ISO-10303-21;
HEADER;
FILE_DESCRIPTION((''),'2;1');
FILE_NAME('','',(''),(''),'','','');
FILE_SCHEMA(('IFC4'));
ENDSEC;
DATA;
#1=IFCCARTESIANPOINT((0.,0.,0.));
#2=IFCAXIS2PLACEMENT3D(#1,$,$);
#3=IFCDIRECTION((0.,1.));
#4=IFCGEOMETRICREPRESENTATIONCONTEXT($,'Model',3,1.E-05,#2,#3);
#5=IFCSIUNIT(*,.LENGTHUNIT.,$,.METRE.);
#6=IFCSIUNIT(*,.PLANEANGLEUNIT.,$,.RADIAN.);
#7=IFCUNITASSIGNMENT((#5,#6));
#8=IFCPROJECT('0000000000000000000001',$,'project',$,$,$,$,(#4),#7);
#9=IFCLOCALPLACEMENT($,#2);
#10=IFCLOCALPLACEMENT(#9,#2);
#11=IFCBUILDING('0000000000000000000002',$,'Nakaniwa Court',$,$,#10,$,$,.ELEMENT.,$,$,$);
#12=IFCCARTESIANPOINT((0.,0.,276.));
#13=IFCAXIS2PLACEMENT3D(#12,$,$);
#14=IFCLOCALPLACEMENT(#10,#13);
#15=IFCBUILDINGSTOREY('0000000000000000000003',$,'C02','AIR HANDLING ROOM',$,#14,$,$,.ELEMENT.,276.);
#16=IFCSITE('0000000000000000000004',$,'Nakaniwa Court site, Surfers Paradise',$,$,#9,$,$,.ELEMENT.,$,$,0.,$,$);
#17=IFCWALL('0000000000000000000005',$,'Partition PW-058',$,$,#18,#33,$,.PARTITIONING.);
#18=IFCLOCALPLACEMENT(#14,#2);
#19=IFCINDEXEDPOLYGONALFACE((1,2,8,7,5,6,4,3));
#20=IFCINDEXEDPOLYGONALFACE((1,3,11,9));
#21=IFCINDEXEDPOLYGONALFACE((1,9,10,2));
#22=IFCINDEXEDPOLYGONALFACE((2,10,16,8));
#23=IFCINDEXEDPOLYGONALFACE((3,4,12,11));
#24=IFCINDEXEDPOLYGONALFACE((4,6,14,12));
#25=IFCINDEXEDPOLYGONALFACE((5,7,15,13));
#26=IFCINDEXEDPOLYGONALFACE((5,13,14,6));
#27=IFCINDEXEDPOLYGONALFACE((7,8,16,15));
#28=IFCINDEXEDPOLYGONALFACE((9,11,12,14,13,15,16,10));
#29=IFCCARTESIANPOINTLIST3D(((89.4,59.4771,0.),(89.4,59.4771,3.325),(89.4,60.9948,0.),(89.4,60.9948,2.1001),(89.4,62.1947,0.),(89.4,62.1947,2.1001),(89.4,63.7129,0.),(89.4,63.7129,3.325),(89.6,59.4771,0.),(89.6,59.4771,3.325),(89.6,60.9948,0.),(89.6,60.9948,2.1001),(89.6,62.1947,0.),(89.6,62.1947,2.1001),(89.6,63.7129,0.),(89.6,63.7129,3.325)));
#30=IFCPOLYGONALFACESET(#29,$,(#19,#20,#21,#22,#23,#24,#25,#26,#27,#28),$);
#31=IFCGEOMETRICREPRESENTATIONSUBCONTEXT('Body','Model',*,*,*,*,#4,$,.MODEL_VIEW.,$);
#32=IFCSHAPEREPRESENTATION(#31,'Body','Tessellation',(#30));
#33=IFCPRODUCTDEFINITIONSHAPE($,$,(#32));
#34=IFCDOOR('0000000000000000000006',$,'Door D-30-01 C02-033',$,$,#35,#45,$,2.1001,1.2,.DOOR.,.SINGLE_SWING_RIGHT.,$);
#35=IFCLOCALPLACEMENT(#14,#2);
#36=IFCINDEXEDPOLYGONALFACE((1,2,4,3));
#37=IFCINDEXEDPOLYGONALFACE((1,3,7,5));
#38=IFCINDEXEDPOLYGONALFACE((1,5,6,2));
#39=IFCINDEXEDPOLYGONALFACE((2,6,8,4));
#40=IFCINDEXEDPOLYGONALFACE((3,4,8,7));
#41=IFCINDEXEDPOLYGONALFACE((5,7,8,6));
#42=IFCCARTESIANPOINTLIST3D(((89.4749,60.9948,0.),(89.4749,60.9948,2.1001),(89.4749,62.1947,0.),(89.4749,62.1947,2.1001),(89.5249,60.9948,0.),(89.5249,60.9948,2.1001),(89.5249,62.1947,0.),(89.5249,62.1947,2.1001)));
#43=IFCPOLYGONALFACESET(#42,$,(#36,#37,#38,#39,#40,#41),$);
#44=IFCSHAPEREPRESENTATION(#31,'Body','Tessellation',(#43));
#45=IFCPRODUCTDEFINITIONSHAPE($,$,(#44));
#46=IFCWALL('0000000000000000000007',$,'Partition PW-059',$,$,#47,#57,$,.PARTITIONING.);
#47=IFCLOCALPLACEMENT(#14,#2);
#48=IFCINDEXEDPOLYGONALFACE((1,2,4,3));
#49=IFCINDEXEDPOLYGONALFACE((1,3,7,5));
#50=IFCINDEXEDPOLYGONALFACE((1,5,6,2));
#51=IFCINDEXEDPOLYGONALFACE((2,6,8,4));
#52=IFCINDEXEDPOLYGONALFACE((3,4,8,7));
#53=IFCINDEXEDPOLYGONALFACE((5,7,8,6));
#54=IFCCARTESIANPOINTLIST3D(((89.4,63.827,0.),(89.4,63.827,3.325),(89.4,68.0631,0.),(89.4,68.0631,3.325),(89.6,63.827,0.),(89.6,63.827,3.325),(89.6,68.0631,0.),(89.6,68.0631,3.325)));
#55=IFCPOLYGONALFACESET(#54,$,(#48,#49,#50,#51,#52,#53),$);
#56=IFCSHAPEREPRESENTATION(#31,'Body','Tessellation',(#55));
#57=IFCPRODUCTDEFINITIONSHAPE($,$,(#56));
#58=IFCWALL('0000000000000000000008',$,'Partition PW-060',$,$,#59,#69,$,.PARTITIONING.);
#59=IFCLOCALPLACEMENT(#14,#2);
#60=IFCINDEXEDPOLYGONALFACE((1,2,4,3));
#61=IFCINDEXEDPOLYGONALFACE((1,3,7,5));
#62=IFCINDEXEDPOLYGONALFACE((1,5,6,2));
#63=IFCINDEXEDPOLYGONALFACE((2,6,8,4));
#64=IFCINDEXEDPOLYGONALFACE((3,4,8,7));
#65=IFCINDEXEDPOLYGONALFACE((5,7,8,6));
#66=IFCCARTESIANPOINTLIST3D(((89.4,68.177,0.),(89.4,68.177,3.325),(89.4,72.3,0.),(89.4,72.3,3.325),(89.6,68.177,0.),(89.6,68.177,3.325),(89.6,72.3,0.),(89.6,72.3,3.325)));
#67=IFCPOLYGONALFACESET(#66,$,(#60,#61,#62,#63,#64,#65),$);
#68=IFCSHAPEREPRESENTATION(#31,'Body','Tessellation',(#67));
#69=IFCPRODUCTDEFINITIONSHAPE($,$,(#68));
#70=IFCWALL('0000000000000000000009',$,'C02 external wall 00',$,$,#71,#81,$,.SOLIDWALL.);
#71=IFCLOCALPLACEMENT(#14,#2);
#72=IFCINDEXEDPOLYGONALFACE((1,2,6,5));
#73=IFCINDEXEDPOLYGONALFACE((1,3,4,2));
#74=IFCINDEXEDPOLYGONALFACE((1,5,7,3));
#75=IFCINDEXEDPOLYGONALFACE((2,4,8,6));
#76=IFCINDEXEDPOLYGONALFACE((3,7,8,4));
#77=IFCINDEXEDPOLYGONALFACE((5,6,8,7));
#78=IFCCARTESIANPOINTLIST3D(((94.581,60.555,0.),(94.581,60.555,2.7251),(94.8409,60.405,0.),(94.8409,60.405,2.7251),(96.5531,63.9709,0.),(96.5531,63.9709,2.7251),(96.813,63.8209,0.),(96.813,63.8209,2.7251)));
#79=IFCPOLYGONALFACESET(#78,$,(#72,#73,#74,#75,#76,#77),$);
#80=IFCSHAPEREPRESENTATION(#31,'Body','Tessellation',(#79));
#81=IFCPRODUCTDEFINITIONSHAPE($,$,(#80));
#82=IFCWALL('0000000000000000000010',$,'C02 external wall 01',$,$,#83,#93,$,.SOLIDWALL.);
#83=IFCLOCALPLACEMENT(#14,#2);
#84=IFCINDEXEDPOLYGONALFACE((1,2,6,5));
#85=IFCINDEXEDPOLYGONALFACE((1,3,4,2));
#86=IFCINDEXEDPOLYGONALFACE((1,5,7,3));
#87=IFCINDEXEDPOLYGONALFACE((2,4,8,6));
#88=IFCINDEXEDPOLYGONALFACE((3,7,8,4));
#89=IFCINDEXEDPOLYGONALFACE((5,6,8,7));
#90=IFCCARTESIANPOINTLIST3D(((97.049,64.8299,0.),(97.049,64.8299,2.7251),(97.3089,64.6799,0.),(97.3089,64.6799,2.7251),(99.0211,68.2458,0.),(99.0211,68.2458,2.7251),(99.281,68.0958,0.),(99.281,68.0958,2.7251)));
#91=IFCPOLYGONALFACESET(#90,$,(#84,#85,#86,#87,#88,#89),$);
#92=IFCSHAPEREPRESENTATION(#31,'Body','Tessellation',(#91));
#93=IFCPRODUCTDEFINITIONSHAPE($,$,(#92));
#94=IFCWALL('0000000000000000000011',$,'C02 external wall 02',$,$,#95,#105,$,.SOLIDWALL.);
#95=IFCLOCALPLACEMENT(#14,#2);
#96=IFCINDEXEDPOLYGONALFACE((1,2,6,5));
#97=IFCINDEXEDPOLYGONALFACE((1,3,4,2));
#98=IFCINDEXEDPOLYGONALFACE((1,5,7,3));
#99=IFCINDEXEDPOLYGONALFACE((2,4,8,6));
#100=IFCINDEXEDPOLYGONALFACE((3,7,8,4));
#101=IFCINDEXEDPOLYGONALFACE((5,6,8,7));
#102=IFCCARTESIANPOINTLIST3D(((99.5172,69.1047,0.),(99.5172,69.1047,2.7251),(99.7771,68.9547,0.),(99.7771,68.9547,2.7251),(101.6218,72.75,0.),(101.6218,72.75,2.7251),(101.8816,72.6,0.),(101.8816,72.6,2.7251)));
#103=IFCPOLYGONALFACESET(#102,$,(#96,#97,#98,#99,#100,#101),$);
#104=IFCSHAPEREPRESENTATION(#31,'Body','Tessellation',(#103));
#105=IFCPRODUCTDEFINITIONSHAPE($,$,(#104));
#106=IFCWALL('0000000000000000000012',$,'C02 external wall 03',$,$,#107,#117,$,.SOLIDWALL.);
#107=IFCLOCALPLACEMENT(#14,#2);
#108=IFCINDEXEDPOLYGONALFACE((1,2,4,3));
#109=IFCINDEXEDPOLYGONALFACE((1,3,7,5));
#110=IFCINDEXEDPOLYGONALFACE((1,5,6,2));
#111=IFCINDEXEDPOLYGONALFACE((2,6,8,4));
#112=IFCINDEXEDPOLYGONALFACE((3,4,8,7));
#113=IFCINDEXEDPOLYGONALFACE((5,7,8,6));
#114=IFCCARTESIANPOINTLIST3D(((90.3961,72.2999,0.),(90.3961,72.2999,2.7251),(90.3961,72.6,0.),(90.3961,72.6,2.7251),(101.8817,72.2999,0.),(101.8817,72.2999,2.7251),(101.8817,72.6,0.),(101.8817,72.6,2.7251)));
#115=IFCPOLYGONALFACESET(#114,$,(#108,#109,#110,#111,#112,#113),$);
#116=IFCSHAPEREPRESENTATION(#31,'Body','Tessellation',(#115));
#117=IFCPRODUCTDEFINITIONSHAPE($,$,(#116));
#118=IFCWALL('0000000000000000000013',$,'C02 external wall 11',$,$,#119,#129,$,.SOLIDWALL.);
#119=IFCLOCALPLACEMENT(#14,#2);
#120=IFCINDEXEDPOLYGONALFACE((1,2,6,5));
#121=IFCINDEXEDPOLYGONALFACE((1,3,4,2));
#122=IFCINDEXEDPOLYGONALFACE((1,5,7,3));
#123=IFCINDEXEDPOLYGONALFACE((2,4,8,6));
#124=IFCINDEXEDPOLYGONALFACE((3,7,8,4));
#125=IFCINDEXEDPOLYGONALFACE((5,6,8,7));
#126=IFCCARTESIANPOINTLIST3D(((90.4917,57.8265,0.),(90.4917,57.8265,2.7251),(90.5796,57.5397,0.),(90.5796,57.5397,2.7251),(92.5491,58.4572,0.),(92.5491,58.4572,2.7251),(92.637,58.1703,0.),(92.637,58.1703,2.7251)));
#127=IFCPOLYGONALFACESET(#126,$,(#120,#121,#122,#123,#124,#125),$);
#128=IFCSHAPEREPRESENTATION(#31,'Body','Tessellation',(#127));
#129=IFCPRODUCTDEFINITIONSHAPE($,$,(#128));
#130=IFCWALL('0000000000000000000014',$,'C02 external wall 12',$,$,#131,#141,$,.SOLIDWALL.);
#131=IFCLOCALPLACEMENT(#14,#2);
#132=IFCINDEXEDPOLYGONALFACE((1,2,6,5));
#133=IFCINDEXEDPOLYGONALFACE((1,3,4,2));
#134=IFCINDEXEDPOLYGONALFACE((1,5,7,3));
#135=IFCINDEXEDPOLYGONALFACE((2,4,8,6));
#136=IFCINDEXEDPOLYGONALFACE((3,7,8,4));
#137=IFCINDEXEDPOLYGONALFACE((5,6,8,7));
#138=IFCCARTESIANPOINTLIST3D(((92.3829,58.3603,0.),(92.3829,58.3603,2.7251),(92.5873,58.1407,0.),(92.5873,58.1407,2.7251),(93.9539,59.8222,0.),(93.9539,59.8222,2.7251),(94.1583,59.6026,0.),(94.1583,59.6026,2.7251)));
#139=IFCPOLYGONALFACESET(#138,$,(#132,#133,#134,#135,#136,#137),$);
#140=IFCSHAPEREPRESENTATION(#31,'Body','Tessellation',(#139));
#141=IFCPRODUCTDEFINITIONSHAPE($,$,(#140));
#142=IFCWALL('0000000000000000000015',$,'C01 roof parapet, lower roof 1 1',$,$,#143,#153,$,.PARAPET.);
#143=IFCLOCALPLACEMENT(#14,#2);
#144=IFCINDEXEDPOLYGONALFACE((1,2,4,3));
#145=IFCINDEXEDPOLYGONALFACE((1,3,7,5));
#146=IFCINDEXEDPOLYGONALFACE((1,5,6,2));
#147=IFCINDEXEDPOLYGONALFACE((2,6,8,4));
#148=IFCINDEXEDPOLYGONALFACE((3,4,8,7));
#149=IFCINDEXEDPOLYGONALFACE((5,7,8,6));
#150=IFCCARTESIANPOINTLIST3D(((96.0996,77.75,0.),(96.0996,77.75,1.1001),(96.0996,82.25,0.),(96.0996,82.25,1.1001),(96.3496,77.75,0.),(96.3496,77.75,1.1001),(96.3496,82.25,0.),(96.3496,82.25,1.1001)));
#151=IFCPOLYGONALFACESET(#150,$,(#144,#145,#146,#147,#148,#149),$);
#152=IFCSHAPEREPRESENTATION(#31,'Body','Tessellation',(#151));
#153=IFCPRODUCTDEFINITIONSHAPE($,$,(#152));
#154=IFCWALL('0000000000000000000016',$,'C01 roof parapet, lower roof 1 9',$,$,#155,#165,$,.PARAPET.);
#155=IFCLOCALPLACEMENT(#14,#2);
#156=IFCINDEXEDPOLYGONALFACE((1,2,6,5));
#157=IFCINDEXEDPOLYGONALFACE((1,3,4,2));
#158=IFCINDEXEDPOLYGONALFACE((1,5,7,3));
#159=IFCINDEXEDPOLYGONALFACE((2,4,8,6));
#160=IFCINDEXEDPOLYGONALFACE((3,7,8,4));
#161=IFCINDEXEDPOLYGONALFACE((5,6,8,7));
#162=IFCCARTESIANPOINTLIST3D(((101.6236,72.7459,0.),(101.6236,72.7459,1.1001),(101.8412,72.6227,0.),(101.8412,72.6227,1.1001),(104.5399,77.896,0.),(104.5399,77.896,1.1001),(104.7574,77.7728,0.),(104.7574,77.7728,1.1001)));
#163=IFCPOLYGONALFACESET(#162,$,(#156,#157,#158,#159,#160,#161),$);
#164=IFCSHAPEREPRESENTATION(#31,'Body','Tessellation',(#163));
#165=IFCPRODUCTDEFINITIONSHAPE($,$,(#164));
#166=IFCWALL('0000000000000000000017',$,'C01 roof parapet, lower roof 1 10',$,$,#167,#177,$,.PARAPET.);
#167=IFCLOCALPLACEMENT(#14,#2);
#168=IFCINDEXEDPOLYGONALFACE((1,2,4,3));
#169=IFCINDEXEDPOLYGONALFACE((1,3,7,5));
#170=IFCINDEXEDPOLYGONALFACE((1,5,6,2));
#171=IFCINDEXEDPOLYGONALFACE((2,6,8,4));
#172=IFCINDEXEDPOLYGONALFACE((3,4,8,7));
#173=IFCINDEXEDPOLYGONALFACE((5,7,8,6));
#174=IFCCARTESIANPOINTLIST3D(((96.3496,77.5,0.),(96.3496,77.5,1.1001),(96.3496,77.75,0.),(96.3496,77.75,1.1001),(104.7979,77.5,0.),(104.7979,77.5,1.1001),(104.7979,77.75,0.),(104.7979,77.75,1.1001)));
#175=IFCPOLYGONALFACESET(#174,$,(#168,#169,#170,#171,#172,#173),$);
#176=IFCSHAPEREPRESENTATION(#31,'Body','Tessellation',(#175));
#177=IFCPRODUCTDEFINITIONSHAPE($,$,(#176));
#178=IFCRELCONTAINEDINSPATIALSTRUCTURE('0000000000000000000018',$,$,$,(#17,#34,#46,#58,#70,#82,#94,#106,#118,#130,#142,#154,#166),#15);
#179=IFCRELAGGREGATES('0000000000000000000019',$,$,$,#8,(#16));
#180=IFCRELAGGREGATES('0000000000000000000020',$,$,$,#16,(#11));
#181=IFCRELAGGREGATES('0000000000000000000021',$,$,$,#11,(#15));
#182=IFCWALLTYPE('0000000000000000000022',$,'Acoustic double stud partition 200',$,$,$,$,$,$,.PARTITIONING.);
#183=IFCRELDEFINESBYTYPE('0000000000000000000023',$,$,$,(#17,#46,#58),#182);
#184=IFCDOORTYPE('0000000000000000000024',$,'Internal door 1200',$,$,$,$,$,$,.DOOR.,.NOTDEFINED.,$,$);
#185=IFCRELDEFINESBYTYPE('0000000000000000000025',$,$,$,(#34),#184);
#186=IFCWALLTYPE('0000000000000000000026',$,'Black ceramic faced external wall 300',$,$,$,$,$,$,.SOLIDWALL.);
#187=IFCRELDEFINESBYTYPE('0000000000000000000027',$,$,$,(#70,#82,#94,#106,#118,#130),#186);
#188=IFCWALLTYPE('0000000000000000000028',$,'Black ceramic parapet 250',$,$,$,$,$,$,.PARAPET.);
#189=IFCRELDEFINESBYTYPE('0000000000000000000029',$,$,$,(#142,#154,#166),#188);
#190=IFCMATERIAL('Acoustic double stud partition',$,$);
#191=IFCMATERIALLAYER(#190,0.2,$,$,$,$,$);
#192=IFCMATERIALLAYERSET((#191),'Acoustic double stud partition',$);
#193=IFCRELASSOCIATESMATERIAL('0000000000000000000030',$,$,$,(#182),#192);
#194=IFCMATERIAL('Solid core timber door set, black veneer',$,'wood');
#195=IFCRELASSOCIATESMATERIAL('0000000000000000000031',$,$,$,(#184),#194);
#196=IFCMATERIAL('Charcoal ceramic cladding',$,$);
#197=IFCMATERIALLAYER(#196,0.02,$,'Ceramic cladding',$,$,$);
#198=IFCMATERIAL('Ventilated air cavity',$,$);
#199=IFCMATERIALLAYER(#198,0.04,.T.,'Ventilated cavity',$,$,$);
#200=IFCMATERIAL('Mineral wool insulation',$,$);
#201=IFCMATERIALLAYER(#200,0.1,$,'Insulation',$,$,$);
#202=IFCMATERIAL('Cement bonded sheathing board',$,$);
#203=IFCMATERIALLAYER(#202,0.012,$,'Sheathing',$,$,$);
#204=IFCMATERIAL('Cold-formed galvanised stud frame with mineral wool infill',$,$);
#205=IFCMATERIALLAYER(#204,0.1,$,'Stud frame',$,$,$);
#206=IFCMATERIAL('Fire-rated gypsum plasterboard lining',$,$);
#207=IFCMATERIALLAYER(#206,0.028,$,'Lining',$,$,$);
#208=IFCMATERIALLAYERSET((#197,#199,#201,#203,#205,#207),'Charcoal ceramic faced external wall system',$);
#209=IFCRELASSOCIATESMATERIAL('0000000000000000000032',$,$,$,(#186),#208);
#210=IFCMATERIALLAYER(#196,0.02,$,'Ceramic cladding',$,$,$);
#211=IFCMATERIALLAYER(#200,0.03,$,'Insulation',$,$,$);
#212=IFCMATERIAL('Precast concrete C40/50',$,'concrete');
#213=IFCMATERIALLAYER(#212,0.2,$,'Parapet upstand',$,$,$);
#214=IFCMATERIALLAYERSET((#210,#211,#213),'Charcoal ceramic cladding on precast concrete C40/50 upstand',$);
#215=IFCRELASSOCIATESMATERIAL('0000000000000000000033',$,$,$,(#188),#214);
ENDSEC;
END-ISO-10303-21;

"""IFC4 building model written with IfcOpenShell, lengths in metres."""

from ifc_helpers import new_model, si_unit, direction, frame, frame_2d, origin, place, context, subcontext, project, spatial, rectangle, extrude, material, layer, layer_set, type_object, element, fill, save


model = new_model("IFC4")

# Units and contexts
model_context = context("Model", 3, precision=1e-05, world=origin(), true_north=direction((0.0, 1.0)))
body_context = subcontext(model_context, "Body", "Model", "MODEL_VIEW")
ifc_project = project(units=[si_unit("LENGTHUNIT", "METRE"), si_unit("PLANEANGLEUNIT", "RADIAN")], contexts=[model_context])

# Site, building, storey
site_placement = place(None, origin())
site = spatial("IfcSite", under=ifc_project, at=site_placement, Name="Nakaniwa Court site, Surfers Paradise", CompositionType="ELEMENT", RefElevation=0.0)
building_placement = place(site_placement, origin())
building = spatial("IfcBuilding", under=site, at=building_placement, Name="Nakaniwa Court", CompositionType="ELEMENT")
storey_placement = place(building_placement, frame((0.0, 0.0, 276.0)))
storey = spatial("IfcBuildingStorey", under=building, at=storey_placement, Name="C02", Description="AIR HANDLING ROOM", CompositionType="ELEMENT", Elevation=276.0)

# Shared definitions
ifc_material_1 = material(Name="Acoustic double stud partition")
ifc_layer_1 = layer(ifc_material_1, 0.2)
ifc_layer_set_1 = layer_set([ifc_layer_1], Name="Acoustic double stud partition")
wall_type_1 = type_object("IfcWallType", Name="Acoustic double stud partition 200", PredefinedType="PARTITIONING", material=ifc_layer_set_1)

# Wall, opening, door
wall_1_placement = place(storey_placement, frame((89.5, 63.7129, 0.0), z_axis=(0.0, 0.0, 1.0), x_axis=(0.0, -1.0, 0.0)))
wall_1 = element("IfcWall", 1, at=wall_1_placement, inside=storey, type_object=wall_type_1, Name="Partition PW-058", PredefinedType="PARTITIONING", context=body_context, shape_type="SweptSolid", body=[
    extrude(rectangle(XDim=4.2358, YDim=0.2, at=frame_2d((2.1179, 0.0))), origin(), (0.0, 0.0, 1.0), 3.325),
])
opening_1_placement = place(wall_1_placement, frame((1.5181, 0.0, 0.0)))
opening_1 = element("IfcOpeningElement", 2, at=opening_1_placement, cuts=wall_1, PredefinedType="OPENING", context=body_context, shape_type="SweptSolid", body=[
    extrude(rectangle(XDim=1.2, YDim=2.1001, at=frame_2d((0.6001, 1.05))), frame((0.0, 0.1099, 0.0), z_axis=(0.0, -1.0, 0.0), x_axis=(1.0, 0.0, 0.0)), (0.0, 0.0, 1.0), 0.22),
])
ifc_material_2 = material(Name="Solid core timber door set, black veneer", Category="wood")
door_type_1 = type_object("IfcDoorType", Name="Internal door 1200", OperationType="NOTDEFINED", PredefinedType="DOOR", material=ifc_material_2)
door_1_placement = place(opening_1_placement, origin())
door_1 = element("IfcDoor", 3, at=door_1_placement, inside=storey, type_object=door_type_1, Name="Door D-30-01 C02-033", OperationType="SINGLE_SWING_RIGHT", OverallHeight=2.1001, OverallWidth=1.2, PredefinedType="DOOR", context=body_context, shape_type="SweptSolid", body=[
    extrude(rectangle(XDim=1.2, YDim=2.1001, at=frame_2d((0.6001, 1.05))), frame((0.0, 0.0249, 0.0), z_axis=(0.0, -1.0, 0.0), x_axis=(1.0, 0.0, 0.0)), (0.0, 0.0, 1.0), 0.05),
])
fill(opening_1, door_1)

# Walls
wall_2_placement = place(storey_placement, frame((89.5, 63.8269, 0.0), z_axis=(0.0, 0.0, 1.0), x_axis=(0.0, 1.0, 0.0)))
element("IfcWall", 4, at=wall_2_placement, inside=storey, type_object=wall_type_1, Name="Partition PW-059", PredefinedType="PARTITIONING", context=body_context, shape_type="SweptSolid", body=[
    extrude(rectangle(XDim=4.2361, YDim=0.2, at=frame_2d((2.1182, 0.0))), origin(), (0.0, 0.0, 1.0), 3.325),
])
wall_3_placement = place(storey_placement, frame((89.5, 68.177, 0.0), z_axis=(0.0, 0.0, 1.0), x_axis=(0.0, 1.0, 0.0)))
element("IfcWall", 5, at=wall_3_placement, inside=storey, type_object=wall_type_1, Name="Partition PW-060", PredefinedType="PARTITIONING", context=body_context, shape_type="SweptSolid", body=[
    extrude(rectangle(XDim=4.123, YDim=0.2, at=frame_2d((2.0615, 0.0))), origin(), (0.0, 0.0, 1.0), 3.325),
])
ifc_material_3 = material(Name="Charcoal ceramic cladding")
ifc_layer_2 = layer(ifc_material_3, 0.02, Name="Ceramic cladding")
ifc_material_4 = material(Name="Ventilated air cavity")
ifc_layer_3 = layer(ifc_material_4, 0.04, ventilated=True, Name="Ventilated cavity")
ifc_material_5 = material(Name="Mineral wool insulation")
ifc_layer_4 = layer(ifc_material_5, 0.1, Name="Insulation")
ifc_material_6 = material(Name="Cement bonded sheathing board")
ifc_layer_5 = layer(ifc_material_6, 0.012, Name="Sheathing")
ifc_material_7 = material(Name="Cold-formed galvanised stud frame with mineral wool infill")
ifc_layer_6 = layer(ifc_material_7, 0.1, Name="Stud frame")
ifc_material_8 = material(Name="Fire-rated gypsum plasterboard lining")
ifc_layer_7 = layer(ifc_material_8, 0.028, Name="Lining")
ifc_layer_set_2 = layer_set([ifc_layer_2, ifc_layer_3, ifc_layer_4, ifc_layer_5, ifc_layer_6, ifc_layer_7], Name="Charcoal ceramic faced external wall system")
wall_type_2 = type_object("IfcWallType", Name="Black ceramic faced external wall 300", PredefinedType="SOLIDWALL", material=ifc_layer_set_2)
for number, where, z_axis, x_axis, name in (
    (6, (94.7109, 60.48, 0.0), (0.0, 0.0, 1.0), (0.499987, 0.866033, 0.0), "C02 external wall 00"),
    (7, (97.179, 64.7549, 0.0), (0.0, 0.0, 1.0), (0.499987, 0.866033, 0.0), "C02 external wall 01"),
):
    element("IfcWall", number, at=place(storey_placement, frame(where, z_axis=z_axis, x_axis=x_axis)), inside=storey, type_object=wall_type_2, Name=name, PredefinedType="SOLIDWALL", context=body_context, shape_type="SweptSolid", body=[
        extrude(rectangle(XDim=3.9443, YDim=0.3, at=frame_2d((1.9722, 0.0))), origin(), (0.0, 0.0, 1.0), 2.7251),
    ])
wall_4_placement = place(storey_placement, frame((99.6472, 69.0298, 0.0), z_axis=(0.0, 0.0, 1.0), x_axis=(0.499982, 0.866036, 0.0)))
element("IfcWall", 8, at=wall_4_placement, inside=storey, type_object=wall_type_2, Name="C02 external wall 02", PredefinedType="SOLIDWALL", context=body_context, shape_type="SweptSolid", body=[
    extrude(rectangle(XDim=4.2092, YDim=0.3, at=frame_2d((2.1045, 0.0))), origin(), (0.0, 0.0, 1.0), 2.7251),
])
wall_5_placement = place(storey_placement, frame((101.8816, 72.45, 0.0), z_axis=(0.0, 0.0, 1.0), x_axis=(-1.0, 0.0, 0.0)))
element("IfcWall", 9, at=wall_5_placement, inside=storey, type_object=wall_type_2, Name="C02 external wall 03", PredefinedType="SOLIDWALL", context=body_context, shape_type="SweptSolid", body=[
    extrude(rectangle(XDim=11.4856, YDim=0.3, at=frame_2d((5.7427, 0.0))), origin(), (0.0, 0.0, 1.0), 2.7251),
])
wall_6_placement = place(storey_placement, frame((90.5356, 57.6831, 0.0), z_axis=(0.0, 0.0, 1.0), x_axis=(0.956095, 0.293057, 0.0)))
element("IfcWall", 10, at=wall_6_placement, inside=storey, type_object=wall_type_2, Name="C02 external wall 11", PredefinedType="SOLIDWALL", context=body_context, shape_type="SweptSolid", body=[
    extrude(rectangle(XDim=2.1519, YDim=0.3, at=frame_2d((1.0759, 0.0))), origin(), (0.0, 0.0, 1.0), 2.7251),
])
wall_7_placement = place(storey_placement, frame((92.4851, 58.2505, 0.0), z_axis=(0.0, 0.0, 1.0), x_axis=(0.732076, 0.681223, 0.0)))
element("IfcWall", 11, at=wall_7_placement, inside=storey, type_object=wall_type_2, Name="C02 external wall 12", PredefinedType="SOLIDWALL", context=body_context, shape_type="SweptSolid", body=[
    extrude(rectangle(XDim=2.146, YDim=0.3, at=frame_2d((1.073, 0.0))), origin(), (0.0, 0.0, 1.0), 2.7251),
])
ifc_layer_8 = layer(ifc_material_3, 0.02, Name="Ceramic cladding")
ifc_layer_9 = layer(ifc_material_5, 0.03, Name="Insulation")
ifc_material_9 = material(Name="Precast concrete C40/50", Category="concrete")
ifc_layer_10 = layer(ifc_material_9, 0.2, Name="Parapet upstand")
ifc_layer_set_3 = layer_set([ifc_layer_8, ifc_layer_9, ifc_layer_10], Name="Charcoal ceramic cladding on precast concrete C40/50 upstand")
wall_type_3 = type_object("IfcWallType", Name="Black ceramic parapet 250", PredefinedType="PARAPET", material=ifc_layer_set_3)
wall_8_placement = place(storey_placement, frame((96.2246, 77.75, 0.0), z_axis=(0.0, 0.0, 1.0), x_axis=(0.0, 1.0, 0.0)))
element("IfcWall", 12, at=wall_8_placement, inside=storey, type_object=wall_type_3, Name="C01 roof parapet, lower roof 1 1", PredefinedType="PARAPET", context=body_context, shape_type="SweptSolid", body=[
    extrude(rectangle(XDim=4.5, YDim=0.25, at=frame_2d((2.25, 0.0))), origin(), (0.0, 0.0, 1.0), 1.1001),
])
wall_9_placement = place(storey_placement, frame((101.7324, 72.6843, 0.0), z_axis=(0.0, 0.0, 1.0), x_axis=(0.492737, 0.870178, 0.0)))
element("IfcWall", 13, at=wall_9_placement, inside=storey, type_object=wall_type_3, Name="C01 roof parapet, lower roof 1 9", PredefinedType="PARAPET", context=body_context, shape_type="SweptSolid", body=[
    extrude(rectangle(XDim=5.9185, YDim=0.25, at=frame_2d((2.9592, 0.0))), origin(), (0.0, 0.0, 1.0), 1.1001),
])
wall_10_placement = place(storey_placement, frame((104.7979, 77.625, 0.0), z_axis=(0.0, 0.0, 1.0), x_axis=(-1.0, 0.0, 0.0)))
element("IfcWall", 14, at=wall_10_placement, inside=storey, type_object=wall_type_3, Name="C01 roof parapet, lower roof 1 10", PredefinedType="PARAPET", context=body_context, shape_type="SweptSolid", body=[
    extrude(rectangle(XDim=8.4482, YDim=0.25, at=frame_2d((4.2241, 0.0))), origin(), (0.0, 0.0, 1.0), 1.1001),
])

save(model, "model.ifc")
